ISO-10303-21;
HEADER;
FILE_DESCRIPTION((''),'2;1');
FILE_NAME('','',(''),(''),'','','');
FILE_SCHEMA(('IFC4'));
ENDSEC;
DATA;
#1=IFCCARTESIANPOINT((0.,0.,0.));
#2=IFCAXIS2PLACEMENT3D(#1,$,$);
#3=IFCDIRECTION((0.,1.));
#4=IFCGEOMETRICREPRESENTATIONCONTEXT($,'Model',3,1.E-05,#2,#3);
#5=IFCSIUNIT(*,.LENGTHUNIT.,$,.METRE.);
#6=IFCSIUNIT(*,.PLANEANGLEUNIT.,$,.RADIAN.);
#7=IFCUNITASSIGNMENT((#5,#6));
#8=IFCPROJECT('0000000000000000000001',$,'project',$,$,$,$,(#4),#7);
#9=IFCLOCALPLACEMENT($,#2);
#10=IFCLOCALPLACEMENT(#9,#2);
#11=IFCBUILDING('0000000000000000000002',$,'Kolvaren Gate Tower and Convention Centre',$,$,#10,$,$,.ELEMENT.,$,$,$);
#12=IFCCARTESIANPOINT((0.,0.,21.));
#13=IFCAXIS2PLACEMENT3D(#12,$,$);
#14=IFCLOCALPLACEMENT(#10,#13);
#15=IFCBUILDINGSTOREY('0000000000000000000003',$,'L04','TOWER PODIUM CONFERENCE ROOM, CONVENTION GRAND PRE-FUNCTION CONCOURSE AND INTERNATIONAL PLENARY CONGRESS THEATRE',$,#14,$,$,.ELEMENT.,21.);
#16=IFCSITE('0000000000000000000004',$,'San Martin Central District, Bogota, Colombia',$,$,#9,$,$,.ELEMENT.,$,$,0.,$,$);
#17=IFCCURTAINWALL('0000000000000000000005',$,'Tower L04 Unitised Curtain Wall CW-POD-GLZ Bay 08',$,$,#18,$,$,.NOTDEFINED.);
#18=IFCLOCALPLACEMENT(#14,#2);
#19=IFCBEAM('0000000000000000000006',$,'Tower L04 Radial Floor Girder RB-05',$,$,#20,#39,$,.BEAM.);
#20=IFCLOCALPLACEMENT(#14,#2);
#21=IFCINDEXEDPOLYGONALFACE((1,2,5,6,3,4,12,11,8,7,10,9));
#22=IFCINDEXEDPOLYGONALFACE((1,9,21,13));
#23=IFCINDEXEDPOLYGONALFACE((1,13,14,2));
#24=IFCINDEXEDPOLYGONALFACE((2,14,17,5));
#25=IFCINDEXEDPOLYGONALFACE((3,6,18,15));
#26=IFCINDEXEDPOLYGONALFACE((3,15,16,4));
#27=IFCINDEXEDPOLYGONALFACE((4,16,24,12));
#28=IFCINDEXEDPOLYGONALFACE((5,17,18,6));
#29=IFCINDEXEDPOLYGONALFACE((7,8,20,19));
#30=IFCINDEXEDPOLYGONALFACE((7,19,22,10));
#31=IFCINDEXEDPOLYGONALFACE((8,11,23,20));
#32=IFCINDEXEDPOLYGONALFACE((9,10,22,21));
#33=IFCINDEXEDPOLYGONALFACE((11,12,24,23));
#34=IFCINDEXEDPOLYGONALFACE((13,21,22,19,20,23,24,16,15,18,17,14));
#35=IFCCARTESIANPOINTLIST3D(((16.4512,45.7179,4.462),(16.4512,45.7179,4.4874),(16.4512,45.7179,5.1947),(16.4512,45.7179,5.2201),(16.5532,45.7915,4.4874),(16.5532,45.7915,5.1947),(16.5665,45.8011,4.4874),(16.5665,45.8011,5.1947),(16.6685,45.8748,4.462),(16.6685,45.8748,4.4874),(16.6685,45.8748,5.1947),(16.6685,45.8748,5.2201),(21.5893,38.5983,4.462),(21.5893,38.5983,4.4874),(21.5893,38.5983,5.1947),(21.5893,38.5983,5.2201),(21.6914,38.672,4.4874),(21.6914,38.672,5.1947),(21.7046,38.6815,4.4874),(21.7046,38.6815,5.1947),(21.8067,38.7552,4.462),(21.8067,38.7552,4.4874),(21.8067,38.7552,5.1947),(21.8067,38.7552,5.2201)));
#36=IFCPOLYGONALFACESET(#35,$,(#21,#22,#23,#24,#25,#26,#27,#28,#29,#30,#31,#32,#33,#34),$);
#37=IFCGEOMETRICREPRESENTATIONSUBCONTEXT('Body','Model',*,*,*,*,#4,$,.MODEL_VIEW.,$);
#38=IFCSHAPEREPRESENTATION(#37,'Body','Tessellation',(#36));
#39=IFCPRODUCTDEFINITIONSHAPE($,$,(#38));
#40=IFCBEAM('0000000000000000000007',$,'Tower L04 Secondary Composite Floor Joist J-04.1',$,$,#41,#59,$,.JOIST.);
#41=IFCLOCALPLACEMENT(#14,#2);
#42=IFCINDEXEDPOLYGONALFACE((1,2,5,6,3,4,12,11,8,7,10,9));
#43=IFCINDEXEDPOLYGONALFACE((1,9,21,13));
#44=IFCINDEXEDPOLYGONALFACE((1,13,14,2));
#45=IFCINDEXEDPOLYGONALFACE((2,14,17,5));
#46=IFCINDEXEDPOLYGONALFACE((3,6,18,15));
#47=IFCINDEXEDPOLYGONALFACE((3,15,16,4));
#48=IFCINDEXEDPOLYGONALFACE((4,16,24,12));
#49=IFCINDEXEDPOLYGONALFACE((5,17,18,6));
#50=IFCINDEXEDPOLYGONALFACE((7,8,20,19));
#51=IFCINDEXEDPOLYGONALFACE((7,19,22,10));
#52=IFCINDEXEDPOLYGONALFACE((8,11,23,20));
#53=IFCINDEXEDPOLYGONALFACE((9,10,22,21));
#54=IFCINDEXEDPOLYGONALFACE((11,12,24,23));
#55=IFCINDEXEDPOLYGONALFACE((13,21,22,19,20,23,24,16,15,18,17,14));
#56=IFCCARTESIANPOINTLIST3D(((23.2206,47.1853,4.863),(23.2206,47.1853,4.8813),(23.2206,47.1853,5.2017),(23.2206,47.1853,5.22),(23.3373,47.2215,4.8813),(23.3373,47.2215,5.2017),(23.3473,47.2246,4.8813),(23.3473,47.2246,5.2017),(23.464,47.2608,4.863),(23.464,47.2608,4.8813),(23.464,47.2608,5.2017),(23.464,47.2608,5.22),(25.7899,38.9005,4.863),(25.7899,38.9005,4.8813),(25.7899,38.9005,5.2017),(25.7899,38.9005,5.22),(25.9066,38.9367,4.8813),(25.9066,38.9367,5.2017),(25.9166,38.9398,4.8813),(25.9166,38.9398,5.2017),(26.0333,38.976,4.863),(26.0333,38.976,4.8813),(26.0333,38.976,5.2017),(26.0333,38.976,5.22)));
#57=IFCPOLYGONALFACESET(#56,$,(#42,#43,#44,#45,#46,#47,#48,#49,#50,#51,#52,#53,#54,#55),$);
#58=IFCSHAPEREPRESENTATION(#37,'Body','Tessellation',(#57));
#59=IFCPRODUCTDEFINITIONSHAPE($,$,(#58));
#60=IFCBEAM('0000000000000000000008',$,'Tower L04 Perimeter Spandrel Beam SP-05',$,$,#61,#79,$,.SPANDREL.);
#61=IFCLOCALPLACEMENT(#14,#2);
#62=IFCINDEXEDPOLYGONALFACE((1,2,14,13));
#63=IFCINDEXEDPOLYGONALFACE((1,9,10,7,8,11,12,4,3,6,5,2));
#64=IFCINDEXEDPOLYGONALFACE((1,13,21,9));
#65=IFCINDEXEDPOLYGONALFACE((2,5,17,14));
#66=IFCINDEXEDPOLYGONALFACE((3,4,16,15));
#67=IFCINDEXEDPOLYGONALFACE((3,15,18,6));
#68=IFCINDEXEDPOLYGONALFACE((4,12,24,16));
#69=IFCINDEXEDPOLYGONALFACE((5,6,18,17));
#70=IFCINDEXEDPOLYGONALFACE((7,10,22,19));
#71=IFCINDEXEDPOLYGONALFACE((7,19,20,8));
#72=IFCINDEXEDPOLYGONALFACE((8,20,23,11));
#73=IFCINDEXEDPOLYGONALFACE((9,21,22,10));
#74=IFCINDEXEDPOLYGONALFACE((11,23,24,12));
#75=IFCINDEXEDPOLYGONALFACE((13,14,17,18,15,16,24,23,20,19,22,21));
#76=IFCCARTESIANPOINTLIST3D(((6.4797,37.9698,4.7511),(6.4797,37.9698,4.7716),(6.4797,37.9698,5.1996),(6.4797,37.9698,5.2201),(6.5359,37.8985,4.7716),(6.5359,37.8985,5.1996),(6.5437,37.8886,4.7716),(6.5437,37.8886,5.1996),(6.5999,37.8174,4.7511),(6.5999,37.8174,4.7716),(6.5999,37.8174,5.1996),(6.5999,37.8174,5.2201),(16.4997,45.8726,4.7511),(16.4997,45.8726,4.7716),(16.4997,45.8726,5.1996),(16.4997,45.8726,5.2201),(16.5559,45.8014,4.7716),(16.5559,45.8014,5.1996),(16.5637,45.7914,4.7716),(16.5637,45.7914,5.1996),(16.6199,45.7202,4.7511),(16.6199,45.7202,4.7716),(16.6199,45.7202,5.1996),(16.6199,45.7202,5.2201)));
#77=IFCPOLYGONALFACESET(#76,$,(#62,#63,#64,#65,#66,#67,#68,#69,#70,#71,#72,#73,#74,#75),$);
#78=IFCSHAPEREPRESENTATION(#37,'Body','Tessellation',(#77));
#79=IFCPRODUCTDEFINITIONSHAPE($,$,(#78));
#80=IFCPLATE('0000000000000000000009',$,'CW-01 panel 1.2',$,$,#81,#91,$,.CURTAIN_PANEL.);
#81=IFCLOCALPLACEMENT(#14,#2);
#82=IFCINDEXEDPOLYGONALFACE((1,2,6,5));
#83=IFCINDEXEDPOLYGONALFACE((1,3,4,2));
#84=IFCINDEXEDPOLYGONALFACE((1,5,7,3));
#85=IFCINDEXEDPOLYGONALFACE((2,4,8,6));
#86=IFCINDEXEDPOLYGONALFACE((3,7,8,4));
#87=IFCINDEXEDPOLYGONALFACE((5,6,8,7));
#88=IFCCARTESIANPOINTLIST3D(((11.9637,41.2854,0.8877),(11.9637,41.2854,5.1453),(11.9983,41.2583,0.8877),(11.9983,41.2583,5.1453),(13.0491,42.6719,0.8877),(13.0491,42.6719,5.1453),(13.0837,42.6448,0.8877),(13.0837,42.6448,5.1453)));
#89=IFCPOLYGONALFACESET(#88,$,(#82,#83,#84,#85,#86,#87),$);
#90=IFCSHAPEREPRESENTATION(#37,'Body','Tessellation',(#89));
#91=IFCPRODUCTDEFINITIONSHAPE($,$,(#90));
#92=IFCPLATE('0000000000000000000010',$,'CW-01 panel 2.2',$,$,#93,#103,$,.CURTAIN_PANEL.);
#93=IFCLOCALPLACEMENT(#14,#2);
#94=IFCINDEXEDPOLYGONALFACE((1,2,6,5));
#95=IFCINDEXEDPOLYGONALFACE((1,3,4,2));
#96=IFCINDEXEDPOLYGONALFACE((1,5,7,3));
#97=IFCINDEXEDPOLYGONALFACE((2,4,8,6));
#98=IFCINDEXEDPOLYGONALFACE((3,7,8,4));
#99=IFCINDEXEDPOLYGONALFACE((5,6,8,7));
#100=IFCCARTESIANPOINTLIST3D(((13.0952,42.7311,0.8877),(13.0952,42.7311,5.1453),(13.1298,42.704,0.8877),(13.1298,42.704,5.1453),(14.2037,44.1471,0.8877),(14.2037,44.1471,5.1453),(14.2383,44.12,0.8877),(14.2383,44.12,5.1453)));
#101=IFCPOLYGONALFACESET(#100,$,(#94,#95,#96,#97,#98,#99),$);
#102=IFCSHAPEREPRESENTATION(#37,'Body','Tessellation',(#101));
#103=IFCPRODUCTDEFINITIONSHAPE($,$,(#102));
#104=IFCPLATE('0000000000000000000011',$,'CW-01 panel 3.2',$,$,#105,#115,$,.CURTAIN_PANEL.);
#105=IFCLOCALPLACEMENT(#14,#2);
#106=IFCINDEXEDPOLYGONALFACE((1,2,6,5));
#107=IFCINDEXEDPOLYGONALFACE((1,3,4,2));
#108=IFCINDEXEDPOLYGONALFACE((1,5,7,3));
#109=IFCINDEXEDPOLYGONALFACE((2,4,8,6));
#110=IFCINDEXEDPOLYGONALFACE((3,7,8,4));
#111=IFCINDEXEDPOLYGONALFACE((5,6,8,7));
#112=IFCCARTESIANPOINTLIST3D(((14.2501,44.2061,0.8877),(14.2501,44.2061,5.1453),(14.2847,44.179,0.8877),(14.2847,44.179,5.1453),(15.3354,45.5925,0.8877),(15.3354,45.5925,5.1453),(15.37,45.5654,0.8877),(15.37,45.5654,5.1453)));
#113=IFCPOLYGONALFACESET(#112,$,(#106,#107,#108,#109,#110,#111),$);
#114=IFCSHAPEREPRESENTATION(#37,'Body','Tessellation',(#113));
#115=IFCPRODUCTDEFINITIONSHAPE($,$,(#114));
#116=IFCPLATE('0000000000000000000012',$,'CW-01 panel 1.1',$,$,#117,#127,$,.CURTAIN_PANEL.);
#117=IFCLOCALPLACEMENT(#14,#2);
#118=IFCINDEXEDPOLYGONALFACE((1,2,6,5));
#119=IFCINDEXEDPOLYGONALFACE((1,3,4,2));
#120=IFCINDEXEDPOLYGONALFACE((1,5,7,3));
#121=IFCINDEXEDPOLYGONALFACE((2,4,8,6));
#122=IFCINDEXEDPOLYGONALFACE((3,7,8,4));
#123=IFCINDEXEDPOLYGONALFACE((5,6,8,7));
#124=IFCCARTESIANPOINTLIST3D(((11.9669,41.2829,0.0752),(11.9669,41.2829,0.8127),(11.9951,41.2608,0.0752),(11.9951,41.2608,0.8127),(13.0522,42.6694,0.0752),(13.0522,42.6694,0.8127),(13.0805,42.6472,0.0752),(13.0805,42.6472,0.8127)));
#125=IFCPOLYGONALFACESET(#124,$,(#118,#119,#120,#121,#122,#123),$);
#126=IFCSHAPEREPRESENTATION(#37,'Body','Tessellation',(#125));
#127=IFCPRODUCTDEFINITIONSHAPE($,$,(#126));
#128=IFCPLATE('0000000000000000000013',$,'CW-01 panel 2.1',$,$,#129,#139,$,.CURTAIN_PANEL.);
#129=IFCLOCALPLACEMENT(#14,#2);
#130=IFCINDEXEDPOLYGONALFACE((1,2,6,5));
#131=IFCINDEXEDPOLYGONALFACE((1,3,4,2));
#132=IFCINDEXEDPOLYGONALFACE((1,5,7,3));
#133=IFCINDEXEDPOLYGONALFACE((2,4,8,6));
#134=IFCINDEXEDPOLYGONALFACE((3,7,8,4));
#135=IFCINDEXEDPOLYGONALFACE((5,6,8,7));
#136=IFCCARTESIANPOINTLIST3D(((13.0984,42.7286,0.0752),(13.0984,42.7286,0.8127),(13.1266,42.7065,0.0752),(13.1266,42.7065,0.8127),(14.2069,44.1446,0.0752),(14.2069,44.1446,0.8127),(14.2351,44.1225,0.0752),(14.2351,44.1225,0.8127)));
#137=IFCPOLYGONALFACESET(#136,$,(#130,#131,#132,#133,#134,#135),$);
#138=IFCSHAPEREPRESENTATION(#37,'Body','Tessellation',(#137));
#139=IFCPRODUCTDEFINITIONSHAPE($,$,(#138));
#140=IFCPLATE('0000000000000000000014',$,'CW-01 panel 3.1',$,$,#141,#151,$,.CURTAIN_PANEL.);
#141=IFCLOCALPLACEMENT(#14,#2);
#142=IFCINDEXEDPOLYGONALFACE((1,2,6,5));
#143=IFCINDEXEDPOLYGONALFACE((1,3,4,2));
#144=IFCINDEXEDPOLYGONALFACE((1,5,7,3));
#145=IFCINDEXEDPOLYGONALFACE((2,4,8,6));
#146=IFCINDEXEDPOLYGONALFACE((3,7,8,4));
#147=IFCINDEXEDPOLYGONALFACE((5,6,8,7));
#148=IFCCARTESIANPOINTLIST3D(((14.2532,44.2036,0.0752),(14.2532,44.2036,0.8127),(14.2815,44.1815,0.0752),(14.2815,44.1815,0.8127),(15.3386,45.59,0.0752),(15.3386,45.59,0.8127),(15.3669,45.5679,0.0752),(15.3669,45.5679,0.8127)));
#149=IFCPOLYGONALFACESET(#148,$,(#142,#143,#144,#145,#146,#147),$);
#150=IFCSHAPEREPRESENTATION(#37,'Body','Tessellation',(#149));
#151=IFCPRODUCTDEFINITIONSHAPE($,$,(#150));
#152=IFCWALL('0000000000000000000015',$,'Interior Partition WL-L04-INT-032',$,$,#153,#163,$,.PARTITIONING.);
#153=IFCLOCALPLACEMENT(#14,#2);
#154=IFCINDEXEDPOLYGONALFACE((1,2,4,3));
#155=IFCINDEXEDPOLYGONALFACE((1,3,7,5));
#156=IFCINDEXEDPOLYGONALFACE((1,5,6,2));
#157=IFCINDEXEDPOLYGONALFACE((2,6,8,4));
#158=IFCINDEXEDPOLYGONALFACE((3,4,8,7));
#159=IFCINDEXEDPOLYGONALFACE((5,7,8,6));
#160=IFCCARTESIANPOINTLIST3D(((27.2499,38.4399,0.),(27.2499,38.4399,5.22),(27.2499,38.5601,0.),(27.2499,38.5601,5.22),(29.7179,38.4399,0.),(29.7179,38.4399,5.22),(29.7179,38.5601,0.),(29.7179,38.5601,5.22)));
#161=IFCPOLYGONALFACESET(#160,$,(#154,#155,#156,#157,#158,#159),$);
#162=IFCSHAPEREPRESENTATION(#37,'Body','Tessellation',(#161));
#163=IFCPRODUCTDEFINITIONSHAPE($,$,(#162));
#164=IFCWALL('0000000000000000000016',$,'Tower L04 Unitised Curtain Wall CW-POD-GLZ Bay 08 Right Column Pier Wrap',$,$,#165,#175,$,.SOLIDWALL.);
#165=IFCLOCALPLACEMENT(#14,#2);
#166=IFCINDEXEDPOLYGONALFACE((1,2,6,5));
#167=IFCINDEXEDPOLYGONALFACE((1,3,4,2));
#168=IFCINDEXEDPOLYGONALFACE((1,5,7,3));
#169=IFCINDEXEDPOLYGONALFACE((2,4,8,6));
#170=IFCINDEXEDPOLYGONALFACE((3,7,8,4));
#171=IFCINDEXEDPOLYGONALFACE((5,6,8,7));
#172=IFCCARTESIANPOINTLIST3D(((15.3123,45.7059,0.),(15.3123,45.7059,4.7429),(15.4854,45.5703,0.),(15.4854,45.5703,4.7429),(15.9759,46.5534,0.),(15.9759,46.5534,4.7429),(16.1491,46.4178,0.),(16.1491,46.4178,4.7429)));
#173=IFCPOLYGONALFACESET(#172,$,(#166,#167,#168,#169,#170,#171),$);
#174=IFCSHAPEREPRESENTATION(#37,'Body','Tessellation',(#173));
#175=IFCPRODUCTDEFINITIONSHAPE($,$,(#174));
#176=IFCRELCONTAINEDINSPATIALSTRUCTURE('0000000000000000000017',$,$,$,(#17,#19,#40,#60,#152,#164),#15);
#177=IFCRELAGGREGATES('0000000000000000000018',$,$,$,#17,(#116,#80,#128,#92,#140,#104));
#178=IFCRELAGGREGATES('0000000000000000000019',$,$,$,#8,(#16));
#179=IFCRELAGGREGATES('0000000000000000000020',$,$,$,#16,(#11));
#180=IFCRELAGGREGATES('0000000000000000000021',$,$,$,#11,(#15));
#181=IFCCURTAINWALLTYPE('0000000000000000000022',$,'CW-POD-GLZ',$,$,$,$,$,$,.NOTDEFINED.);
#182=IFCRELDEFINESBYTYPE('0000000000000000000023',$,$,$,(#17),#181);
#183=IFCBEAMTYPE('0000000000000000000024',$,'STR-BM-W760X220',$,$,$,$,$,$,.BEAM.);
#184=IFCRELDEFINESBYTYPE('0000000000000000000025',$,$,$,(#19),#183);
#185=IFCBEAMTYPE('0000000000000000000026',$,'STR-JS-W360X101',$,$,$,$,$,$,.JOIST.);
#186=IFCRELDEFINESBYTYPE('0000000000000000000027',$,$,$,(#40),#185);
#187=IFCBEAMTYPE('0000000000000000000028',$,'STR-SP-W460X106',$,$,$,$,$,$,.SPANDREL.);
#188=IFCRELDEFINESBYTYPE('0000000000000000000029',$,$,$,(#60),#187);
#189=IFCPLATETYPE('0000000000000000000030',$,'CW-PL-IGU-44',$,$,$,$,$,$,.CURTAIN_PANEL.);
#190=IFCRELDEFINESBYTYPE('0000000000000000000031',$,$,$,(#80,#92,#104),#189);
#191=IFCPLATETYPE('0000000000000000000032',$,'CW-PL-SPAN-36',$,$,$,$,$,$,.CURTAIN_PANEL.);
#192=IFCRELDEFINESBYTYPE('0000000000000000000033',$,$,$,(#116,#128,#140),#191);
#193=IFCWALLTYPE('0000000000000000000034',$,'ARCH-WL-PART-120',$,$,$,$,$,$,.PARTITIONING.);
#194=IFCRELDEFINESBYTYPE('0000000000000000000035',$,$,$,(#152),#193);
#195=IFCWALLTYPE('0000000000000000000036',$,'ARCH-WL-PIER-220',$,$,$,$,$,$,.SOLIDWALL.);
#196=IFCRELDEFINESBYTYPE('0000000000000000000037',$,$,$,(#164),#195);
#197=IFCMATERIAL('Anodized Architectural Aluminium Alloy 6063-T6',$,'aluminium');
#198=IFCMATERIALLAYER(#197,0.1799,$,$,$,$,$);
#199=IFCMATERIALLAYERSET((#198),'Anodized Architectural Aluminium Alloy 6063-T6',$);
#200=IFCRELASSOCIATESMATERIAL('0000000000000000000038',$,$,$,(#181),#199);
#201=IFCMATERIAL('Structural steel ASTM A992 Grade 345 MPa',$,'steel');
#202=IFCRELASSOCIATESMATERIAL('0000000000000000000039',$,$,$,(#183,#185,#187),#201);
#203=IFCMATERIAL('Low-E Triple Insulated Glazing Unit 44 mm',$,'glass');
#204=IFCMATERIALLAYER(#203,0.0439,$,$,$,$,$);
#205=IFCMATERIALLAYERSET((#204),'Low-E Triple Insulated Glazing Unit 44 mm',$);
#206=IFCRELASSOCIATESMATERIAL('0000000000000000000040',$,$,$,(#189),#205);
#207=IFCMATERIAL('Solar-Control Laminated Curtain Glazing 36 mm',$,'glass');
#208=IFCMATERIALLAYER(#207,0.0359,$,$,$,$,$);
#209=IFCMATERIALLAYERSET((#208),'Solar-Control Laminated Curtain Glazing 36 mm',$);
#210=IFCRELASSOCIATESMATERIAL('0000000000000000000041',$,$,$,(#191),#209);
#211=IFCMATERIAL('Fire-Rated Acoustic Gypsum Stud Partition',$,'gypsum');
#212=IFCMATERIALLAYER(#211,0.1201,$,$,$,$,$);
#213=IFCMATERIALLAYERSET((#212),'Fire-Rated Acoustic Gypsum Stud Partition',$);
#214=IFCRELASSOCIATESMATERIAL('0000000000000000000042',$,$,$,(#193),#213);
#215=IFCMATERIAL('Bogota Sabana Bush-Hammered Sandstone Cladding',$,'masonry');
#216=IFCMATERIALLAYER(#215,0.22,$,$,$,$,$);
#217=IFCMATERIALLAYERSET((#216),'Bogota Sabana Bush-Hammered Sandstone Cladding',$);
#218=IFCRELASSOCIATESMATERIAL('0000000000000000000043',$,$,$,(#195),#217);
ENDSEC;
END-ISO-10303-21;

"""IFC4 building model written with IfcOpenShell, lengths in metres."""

from ifc_helpers import new_model, si_unit, direction, frame, frame_2d, origin, origin_2d, place, context, subcontext, project, spatial, rectangle, i_section, extrude, material, layer, layer_set, material_profile, profile_set, type_object, element, aggregate, save


model = new_model("IFC4")

# Units and contexts
model_context = context("Model", 3, precision=1e-05, world=origin(), true_north=direction((0.0, 1.0)))
body_context = subcontext(model_context, "Body", "Model", "MODEL_VIEW")
ifc_project = project(units=[si_unit("LENGTHUNIT", "METRE"), si_unit("PLANEANGLEUNIT", "RADIAN")], contexts=[model_context])

# Site, building, storey
site_placement = place(None, origin())
site = spatial("IfcSite", under=ifc_project, at=site_placement, Name="San Martin Central District, Bogota, Colombia", CompositionType="ELEMENT", RefElevation=0.0)
building_placement = place(site_placement, origin())
building = spatial("IfcBuilding", under=site, at=building_placement, Name="Kolvaren Gate Tower and Convention Centre", CompositionType="ELEMENT")
storey_placement = place(building_placement, frame((0.0, 0.0, 21.0)))
storey = spatial("IfcBuildingStorey", under=building, at=storey_placement, Name="L04", Description="TOWER PODIUM CONFERENCE ROOM, CONVENTION GRAND PRE-FUNCTION CONCOURSE AND INTERNATIONAL PLENARY CONGRESS THEATRE", CompositionType="ELEMENT", Elevation=21.0)

# Curtain wall
ifc_material_1 = material(Name="Anodized Architectural Aluminium Alloy 6063-T6", Category="aluminium")
ifc_layer_1 = layer(ifc_material_1, 0.1799)
ifc_layer_set_1 = layer_set([ifc_layer_1], Name="Anodized Architectural Aluminium Alloy 6063-T6")
curtain_wall_type = type_object("IfcCurtainWallType", Name="CW-POD-GLZ", PredefinedType="NOTDEFINED", material=ifc_layer_set_1)
curtain_wall_placement = place(storey_placement, origin())
curtain_wall = element("IfcCurtainWall", 1, at=curtain_wall_placement, inside=storey, type_object=curtain_wall_type, Name="Tower L04 Unitised Curtain Wall CW-POD-GLZ Bay 08", PredefinedType="NOTDEFINED")

# Beams
ifc_material_2 = material(Name="Structural steel ASTM A992 Grade 345 MPa", Category="steel")
ifc_material_profile_1 = material_profile(ifc_material_2, i_section(OverallWidth=0.2681, OverallDepth=0.7581, WebThickness=0.0164, FlangeThickness=0.0254, at=origin_2d()), Name="W760X220")
ifc_profile_set_1 = profile_set([ifc_material_profile_1], Name="Structural steel ASTM A992 Grade 345 MPa")
beam_type_1 = type_object("IfcBeamType", Name="STR-BM-W760X220", PredefinedType="BEAM", material=ifc_profile_set_1)
beam_1_placement = place(storey_placement, frame((21.698, 38.6768, 4.8411), z_axis=(-0.585208, 0.810883, 0.0), x_axis=(-0.810883, -0.585208, 0.0)))
element("IfcBeam", 2, at=beam_1_placement, inside=storey, type_object=beam_type_1, Name="Tower L04 Radial Floor Girder RB-05", PredefinedType="BEAM", context=body_context, shape_type="SweptSolid", body=[
    extrude(i_section(OverallWidth=0.2681, OverallDepth=0.7581, WebThickness=0.0164, FlangeThickness=0.0254, at=origin_2d()), origin(), (0.0, 0.0, 1.0), 8.78),
])
ifc_material_profile_2 = material_profile(ifc_material_2, i_section(OverallWidth=0.2549, OverallDepth=0.3569, WebThickness=0.0105, FlangeThickness=0.0183, at=origin_2d()), Name="W360X101")
ifc_profile_set_2 = profile_set([ifc_material_profile_2], Name="Structural steel ASTM A992 Grade 345 MPa")
beam_type_2 = type_object("IfcBeamType", Name="STR-JS-W360X101", PredefinedType="JOIST", material=ifc_profile_set_2)
beam_2_placement = place(storey_placement, frame((25.9116, 38.9382, 5.0415), z_axis=(-0.296205, 0.955124, 0.0), x_axis=(-0.955124, -0.296205, 0.0)))
element("IfcBeam", 3, at=beam_2_placement, inside=storey, type_object=beam_type_2, Name="Tower L04 Secondary Composite Floor Joist J-04.1", PredefinedType="JOIST", context=body_context, shape_type="SweptSolid", body=[
    extrude(i_section(OverallWidth=0.2549, OverallDepth=0.3569, WebThickness=0.0105, FlangeThickness=0.0183, at=origin_2d()), origin(), (0.0, 0.0, 1.0), 8.6741),
])
ifc_material_profile_3 = material_profile(ifc_material_2, i_section(OverallWidth=0.1941, OverallDepth=0.469, WebThickness=0.0127, FlangeThickness=0.0205, at=origin_2d()), Name="W460X106")
ifc_profile_set_3 = profile_set([ifc_material_profile_3], Name="Structural steel ASTM A992 Grade 345 MPa")
beam_type_3 = type_object("IfcBeamType", Name="STR-SP-W460X106", PredefinedType="SPANDREL", material=ifc_profile_set_3)
beam_3_placement = place(storey_placement, frame((16.5598, 45.7964, 4.9856), z_axis=(-0.785176, -0.619272, 0.0), x_axis=(0.619272, -0.785176, 0.0)))
element("IfcBeam", 4, at=beam_3_placement, inside=storey, type_object=beam_type_3, Name="Tower L04 Perimeter Spandrel Beam SP-05", PredefinedType="SPANDREL", context=body_context, shape_type="SweptSolid", body=[
    extrude(i_section(OverallWidth=0.1941, OverallDepth=0.469, WebThickness=0.0127, FlangeThickness=0.0205, at=origin_2d()), origin(), (0.0, 0.0, 1.0), 12.7615),
])

# Plates
ifc_material_3 = material(Name="Low-E Triple Insulated Glazing Unit 44 mm", Category="glass")
ifc_layer_2 = layer(ifc_material_3, 0.0439)
ifc_layer_set_2 = layer_set([ifc_layer_2], Name="Low-E Triple Insulated Glazing Unit 44 mm")
plate_type_1 = type_object("IfcPlateType", Name="CW-PL-IGU-44", PredefinedType="CURTAIN_PANEL", material=ifc_layer_set_2)
plate_1_placement = place(storey_placement, frame((12.5237, 41.9651, 0.8877), z_axis=(0.0, 0.0, 1.0), x_axis=(0.616421, 0.787417, 0.0)))
plate_1 = element("IfcPlate", 5, at=plate_1_placement, type_object=plate_type_1, Name="CW-01 panel 1.2", PredefinedType="CURTAIN_PANEL", context=body_context, shape_type="SweptSolid", body=[
    extrude(rectangle(XDim=1.7607, YDim=0.0439, at=origin_2d()), origin(), (0.0, 0.0, 1.0), 4.2576),
])
plate_2_placement = place(storey_placement, frame((13.6667, 43.4255, 0.8877), z_axis=(0.0, 0.0, 1.0), x_axis=(0.616421, 0.787417, 0.0)))
plate_2 = element("IfcPlate", 6, at=plate_2_placement, type_object=plate_type_1, Name="CW-01 panel 2.2", PredefinedType="CURTAIN_PANEL", context=body_context, shape_type="SweptSolid", body=[
    extrude(rectangle(XDim=1.7983, YDim=0.0439, at=origin_2d()), origin(), (0.0, 0.0, 1.0), 4.2576),
])
plate_3_placement = place(storey_placement, frame((14.8101, 44.8857, 0.8877), z_axis=(0.0, 0.0, 1.0), x_axis=(0.616421, 0.787417, 0.0)))
plate_3 = element("IfcPlate", 7, at=plate_3_placement, type_object=plate_type_1, Name="CW-01 panel 3.2", PredefinedType="CURTAIN_PANEL", context=body_context, shape_type="SweptSolid", body=[
    extrude(rectangle(XDim=1.7607, YDim=0.0439, at=origin_2d()), origin(), (0.0, 0.0, 1.0), 4.2576),
])
ifc_material_4 = material(Name="Solar-Control Laminated Curtain Glazing 36 mm", Category="glass")
ifc_layer_3 = layer(ifc_material_4, 0.0359)
ifc_layer_set_3 = layer_set([ifc_layer_3], Name="Solar-Control Laminated Curtain Glazing 36 mm")
plate_type_2 = type_object("IfcPlateType", Name="CW-PL-SPAN-36", PredefinedType="CURTAIN_PANEL", material=ifc_layer_set_3)
plate_4_placement = place(storey_placement, frame((12.5237, 41.9651, 0.0752), z_axis=(0.0, 0.0, 1.0), x_axis=(0.616421, 0.787417, 0.0)))
plate_4 = element("IfcPlate", 8, at=plate_4_placement, type_object=plate_type_2, Name="CW-01 panel 1.1", PredefinedType="CURTAIN_PANEL", context=body_context, shape_type="SweptSolid", body=[
    extrude(rectangle(XDim=1.7607, YDim=0.0359, at=origin_2d()), origin(), (0.0, 0.0, 1.0), 0.7375),
])
plate_5_placement = place(storey_placement, frame((13.6667, 43.4255, 0.0752), z_axis=(0.0, 0.0, 1.0), x_axis=(0.616421, 0.787417, 0.0)))
plate_5 = element("IfcPlate", 9, at=plate_5_placement, type_object=plate_type_2, Name="CW-01 panel 2.1", PredefinedType="CURTAIN_PANEL", context=body_context, shape_type="SweptSolid", body=[
    extrude(rectangle(XDim=1.7983, YDim=0.0359, at=origin_2d()), origin(), (0.0, 0.0, 1.0), 0.7375),
])
plate_6_placement = place(storey_placement, frame((14.8101, 44.8857, 0.0752), z_axis=(0.0, 0.0, 1.0), x_axis=(0.616421, 0.787417, 0.0)))
plate_6 = element("IfcPlate", 10, at=plate_6_placement, type_object=plate_type_2, Name="CW-01 panel 3.1", PredefinedType="CURTAIN_PANEL", context=body_context, shape_type="SweptSolid", body=[
    extrude(rectangle(XDim=1.7607, YDim=0.0359, at=origin_2d()), origin(), (0.0, 0.0, 1.0), 0.7375),
])
aggregate(curtain_wall, [plate_4, plate_1, plate_5, plate_2, plate_6, plate_3])

# Walls
ifc_material_5 = material(Name="Fire-Rated Acoustic Gypsum Stud Partition", Category="gypsum")
ifc_layer_4 = layer(ifc_material_5, 0.1201)
ifc_layer_set_4 = layer_set([ifc_layer_4], Name="Fire-Rated Acoustic Gypsum Stud Partition")
wall_type_1 = type_object("IfcWallType", Name="ARCH-WL-PART-120", PredefinedType="PARTITIONING", material=ifc_layer_set_4)
wall_1_placement = place(storey_placement, frame((27.25, 38.5, 0.0), z_axis=(0.0, 0.0, 1.0), x_axis=(1.0, 0.0, 0.0)))
element("IfcWall", 11, at=wall_1_placement, inside=storey, type_object=wall_type_1, Name="Interior Partition WL-L04-INT-032", PredefinedType="PARTITIONING", context=body_context, shape_type="SweptSolid", body=[
    extrude(rectangle(XDim=2.468, YDim=0.1201, at=frame_2d((1.2339, 0.0))), origin(), (0.0, 0.0, 1.0), 5.22),
])
ifc_material_6 = material(Name="Bogota Sabana Bush-Hammered Sandstone Cladding", Category="masonry")
ifc_layer_5 = layer(ifc_material_6, 0.22)
ifc_layer_set_5 = layer_set([ifc_layer_5], Name="Bogota Sabana Bush-Hammered Sandstone Cladding")
wall_type_2 = type_object("IfcWallType", Name="ARCH-WL-PIER-220", PredefinedType="SOLIDWALL", material=ifc_layer_set_5)
wall_2_placement = place(storey_placement, frame((15.3989, 45.6382, 0.0), z_axis=(0.0, 0.0, 1.0), x_axis=(0.616528, 0.787333, 0.0)))
element("IfcWall", 12, at=wall_2_placement, inside=storey, type_object=wall_type_2, Name="Tower L04 Unitised Curtain Wall CW-POD-GLZ Bay 08 Right Column Pier Wrap", PredefinedType="SOLIDWALL", context=body_context, shape_type="SweptSolid", body=[
    extrude(rectangle(XDim=1.0764, YDim=0.22, at=frame_2d((0.5381, 0.0))), origin(), (0.0, 0.0, 1.0), 4.7429),
])

save(model, "model.ifc")
